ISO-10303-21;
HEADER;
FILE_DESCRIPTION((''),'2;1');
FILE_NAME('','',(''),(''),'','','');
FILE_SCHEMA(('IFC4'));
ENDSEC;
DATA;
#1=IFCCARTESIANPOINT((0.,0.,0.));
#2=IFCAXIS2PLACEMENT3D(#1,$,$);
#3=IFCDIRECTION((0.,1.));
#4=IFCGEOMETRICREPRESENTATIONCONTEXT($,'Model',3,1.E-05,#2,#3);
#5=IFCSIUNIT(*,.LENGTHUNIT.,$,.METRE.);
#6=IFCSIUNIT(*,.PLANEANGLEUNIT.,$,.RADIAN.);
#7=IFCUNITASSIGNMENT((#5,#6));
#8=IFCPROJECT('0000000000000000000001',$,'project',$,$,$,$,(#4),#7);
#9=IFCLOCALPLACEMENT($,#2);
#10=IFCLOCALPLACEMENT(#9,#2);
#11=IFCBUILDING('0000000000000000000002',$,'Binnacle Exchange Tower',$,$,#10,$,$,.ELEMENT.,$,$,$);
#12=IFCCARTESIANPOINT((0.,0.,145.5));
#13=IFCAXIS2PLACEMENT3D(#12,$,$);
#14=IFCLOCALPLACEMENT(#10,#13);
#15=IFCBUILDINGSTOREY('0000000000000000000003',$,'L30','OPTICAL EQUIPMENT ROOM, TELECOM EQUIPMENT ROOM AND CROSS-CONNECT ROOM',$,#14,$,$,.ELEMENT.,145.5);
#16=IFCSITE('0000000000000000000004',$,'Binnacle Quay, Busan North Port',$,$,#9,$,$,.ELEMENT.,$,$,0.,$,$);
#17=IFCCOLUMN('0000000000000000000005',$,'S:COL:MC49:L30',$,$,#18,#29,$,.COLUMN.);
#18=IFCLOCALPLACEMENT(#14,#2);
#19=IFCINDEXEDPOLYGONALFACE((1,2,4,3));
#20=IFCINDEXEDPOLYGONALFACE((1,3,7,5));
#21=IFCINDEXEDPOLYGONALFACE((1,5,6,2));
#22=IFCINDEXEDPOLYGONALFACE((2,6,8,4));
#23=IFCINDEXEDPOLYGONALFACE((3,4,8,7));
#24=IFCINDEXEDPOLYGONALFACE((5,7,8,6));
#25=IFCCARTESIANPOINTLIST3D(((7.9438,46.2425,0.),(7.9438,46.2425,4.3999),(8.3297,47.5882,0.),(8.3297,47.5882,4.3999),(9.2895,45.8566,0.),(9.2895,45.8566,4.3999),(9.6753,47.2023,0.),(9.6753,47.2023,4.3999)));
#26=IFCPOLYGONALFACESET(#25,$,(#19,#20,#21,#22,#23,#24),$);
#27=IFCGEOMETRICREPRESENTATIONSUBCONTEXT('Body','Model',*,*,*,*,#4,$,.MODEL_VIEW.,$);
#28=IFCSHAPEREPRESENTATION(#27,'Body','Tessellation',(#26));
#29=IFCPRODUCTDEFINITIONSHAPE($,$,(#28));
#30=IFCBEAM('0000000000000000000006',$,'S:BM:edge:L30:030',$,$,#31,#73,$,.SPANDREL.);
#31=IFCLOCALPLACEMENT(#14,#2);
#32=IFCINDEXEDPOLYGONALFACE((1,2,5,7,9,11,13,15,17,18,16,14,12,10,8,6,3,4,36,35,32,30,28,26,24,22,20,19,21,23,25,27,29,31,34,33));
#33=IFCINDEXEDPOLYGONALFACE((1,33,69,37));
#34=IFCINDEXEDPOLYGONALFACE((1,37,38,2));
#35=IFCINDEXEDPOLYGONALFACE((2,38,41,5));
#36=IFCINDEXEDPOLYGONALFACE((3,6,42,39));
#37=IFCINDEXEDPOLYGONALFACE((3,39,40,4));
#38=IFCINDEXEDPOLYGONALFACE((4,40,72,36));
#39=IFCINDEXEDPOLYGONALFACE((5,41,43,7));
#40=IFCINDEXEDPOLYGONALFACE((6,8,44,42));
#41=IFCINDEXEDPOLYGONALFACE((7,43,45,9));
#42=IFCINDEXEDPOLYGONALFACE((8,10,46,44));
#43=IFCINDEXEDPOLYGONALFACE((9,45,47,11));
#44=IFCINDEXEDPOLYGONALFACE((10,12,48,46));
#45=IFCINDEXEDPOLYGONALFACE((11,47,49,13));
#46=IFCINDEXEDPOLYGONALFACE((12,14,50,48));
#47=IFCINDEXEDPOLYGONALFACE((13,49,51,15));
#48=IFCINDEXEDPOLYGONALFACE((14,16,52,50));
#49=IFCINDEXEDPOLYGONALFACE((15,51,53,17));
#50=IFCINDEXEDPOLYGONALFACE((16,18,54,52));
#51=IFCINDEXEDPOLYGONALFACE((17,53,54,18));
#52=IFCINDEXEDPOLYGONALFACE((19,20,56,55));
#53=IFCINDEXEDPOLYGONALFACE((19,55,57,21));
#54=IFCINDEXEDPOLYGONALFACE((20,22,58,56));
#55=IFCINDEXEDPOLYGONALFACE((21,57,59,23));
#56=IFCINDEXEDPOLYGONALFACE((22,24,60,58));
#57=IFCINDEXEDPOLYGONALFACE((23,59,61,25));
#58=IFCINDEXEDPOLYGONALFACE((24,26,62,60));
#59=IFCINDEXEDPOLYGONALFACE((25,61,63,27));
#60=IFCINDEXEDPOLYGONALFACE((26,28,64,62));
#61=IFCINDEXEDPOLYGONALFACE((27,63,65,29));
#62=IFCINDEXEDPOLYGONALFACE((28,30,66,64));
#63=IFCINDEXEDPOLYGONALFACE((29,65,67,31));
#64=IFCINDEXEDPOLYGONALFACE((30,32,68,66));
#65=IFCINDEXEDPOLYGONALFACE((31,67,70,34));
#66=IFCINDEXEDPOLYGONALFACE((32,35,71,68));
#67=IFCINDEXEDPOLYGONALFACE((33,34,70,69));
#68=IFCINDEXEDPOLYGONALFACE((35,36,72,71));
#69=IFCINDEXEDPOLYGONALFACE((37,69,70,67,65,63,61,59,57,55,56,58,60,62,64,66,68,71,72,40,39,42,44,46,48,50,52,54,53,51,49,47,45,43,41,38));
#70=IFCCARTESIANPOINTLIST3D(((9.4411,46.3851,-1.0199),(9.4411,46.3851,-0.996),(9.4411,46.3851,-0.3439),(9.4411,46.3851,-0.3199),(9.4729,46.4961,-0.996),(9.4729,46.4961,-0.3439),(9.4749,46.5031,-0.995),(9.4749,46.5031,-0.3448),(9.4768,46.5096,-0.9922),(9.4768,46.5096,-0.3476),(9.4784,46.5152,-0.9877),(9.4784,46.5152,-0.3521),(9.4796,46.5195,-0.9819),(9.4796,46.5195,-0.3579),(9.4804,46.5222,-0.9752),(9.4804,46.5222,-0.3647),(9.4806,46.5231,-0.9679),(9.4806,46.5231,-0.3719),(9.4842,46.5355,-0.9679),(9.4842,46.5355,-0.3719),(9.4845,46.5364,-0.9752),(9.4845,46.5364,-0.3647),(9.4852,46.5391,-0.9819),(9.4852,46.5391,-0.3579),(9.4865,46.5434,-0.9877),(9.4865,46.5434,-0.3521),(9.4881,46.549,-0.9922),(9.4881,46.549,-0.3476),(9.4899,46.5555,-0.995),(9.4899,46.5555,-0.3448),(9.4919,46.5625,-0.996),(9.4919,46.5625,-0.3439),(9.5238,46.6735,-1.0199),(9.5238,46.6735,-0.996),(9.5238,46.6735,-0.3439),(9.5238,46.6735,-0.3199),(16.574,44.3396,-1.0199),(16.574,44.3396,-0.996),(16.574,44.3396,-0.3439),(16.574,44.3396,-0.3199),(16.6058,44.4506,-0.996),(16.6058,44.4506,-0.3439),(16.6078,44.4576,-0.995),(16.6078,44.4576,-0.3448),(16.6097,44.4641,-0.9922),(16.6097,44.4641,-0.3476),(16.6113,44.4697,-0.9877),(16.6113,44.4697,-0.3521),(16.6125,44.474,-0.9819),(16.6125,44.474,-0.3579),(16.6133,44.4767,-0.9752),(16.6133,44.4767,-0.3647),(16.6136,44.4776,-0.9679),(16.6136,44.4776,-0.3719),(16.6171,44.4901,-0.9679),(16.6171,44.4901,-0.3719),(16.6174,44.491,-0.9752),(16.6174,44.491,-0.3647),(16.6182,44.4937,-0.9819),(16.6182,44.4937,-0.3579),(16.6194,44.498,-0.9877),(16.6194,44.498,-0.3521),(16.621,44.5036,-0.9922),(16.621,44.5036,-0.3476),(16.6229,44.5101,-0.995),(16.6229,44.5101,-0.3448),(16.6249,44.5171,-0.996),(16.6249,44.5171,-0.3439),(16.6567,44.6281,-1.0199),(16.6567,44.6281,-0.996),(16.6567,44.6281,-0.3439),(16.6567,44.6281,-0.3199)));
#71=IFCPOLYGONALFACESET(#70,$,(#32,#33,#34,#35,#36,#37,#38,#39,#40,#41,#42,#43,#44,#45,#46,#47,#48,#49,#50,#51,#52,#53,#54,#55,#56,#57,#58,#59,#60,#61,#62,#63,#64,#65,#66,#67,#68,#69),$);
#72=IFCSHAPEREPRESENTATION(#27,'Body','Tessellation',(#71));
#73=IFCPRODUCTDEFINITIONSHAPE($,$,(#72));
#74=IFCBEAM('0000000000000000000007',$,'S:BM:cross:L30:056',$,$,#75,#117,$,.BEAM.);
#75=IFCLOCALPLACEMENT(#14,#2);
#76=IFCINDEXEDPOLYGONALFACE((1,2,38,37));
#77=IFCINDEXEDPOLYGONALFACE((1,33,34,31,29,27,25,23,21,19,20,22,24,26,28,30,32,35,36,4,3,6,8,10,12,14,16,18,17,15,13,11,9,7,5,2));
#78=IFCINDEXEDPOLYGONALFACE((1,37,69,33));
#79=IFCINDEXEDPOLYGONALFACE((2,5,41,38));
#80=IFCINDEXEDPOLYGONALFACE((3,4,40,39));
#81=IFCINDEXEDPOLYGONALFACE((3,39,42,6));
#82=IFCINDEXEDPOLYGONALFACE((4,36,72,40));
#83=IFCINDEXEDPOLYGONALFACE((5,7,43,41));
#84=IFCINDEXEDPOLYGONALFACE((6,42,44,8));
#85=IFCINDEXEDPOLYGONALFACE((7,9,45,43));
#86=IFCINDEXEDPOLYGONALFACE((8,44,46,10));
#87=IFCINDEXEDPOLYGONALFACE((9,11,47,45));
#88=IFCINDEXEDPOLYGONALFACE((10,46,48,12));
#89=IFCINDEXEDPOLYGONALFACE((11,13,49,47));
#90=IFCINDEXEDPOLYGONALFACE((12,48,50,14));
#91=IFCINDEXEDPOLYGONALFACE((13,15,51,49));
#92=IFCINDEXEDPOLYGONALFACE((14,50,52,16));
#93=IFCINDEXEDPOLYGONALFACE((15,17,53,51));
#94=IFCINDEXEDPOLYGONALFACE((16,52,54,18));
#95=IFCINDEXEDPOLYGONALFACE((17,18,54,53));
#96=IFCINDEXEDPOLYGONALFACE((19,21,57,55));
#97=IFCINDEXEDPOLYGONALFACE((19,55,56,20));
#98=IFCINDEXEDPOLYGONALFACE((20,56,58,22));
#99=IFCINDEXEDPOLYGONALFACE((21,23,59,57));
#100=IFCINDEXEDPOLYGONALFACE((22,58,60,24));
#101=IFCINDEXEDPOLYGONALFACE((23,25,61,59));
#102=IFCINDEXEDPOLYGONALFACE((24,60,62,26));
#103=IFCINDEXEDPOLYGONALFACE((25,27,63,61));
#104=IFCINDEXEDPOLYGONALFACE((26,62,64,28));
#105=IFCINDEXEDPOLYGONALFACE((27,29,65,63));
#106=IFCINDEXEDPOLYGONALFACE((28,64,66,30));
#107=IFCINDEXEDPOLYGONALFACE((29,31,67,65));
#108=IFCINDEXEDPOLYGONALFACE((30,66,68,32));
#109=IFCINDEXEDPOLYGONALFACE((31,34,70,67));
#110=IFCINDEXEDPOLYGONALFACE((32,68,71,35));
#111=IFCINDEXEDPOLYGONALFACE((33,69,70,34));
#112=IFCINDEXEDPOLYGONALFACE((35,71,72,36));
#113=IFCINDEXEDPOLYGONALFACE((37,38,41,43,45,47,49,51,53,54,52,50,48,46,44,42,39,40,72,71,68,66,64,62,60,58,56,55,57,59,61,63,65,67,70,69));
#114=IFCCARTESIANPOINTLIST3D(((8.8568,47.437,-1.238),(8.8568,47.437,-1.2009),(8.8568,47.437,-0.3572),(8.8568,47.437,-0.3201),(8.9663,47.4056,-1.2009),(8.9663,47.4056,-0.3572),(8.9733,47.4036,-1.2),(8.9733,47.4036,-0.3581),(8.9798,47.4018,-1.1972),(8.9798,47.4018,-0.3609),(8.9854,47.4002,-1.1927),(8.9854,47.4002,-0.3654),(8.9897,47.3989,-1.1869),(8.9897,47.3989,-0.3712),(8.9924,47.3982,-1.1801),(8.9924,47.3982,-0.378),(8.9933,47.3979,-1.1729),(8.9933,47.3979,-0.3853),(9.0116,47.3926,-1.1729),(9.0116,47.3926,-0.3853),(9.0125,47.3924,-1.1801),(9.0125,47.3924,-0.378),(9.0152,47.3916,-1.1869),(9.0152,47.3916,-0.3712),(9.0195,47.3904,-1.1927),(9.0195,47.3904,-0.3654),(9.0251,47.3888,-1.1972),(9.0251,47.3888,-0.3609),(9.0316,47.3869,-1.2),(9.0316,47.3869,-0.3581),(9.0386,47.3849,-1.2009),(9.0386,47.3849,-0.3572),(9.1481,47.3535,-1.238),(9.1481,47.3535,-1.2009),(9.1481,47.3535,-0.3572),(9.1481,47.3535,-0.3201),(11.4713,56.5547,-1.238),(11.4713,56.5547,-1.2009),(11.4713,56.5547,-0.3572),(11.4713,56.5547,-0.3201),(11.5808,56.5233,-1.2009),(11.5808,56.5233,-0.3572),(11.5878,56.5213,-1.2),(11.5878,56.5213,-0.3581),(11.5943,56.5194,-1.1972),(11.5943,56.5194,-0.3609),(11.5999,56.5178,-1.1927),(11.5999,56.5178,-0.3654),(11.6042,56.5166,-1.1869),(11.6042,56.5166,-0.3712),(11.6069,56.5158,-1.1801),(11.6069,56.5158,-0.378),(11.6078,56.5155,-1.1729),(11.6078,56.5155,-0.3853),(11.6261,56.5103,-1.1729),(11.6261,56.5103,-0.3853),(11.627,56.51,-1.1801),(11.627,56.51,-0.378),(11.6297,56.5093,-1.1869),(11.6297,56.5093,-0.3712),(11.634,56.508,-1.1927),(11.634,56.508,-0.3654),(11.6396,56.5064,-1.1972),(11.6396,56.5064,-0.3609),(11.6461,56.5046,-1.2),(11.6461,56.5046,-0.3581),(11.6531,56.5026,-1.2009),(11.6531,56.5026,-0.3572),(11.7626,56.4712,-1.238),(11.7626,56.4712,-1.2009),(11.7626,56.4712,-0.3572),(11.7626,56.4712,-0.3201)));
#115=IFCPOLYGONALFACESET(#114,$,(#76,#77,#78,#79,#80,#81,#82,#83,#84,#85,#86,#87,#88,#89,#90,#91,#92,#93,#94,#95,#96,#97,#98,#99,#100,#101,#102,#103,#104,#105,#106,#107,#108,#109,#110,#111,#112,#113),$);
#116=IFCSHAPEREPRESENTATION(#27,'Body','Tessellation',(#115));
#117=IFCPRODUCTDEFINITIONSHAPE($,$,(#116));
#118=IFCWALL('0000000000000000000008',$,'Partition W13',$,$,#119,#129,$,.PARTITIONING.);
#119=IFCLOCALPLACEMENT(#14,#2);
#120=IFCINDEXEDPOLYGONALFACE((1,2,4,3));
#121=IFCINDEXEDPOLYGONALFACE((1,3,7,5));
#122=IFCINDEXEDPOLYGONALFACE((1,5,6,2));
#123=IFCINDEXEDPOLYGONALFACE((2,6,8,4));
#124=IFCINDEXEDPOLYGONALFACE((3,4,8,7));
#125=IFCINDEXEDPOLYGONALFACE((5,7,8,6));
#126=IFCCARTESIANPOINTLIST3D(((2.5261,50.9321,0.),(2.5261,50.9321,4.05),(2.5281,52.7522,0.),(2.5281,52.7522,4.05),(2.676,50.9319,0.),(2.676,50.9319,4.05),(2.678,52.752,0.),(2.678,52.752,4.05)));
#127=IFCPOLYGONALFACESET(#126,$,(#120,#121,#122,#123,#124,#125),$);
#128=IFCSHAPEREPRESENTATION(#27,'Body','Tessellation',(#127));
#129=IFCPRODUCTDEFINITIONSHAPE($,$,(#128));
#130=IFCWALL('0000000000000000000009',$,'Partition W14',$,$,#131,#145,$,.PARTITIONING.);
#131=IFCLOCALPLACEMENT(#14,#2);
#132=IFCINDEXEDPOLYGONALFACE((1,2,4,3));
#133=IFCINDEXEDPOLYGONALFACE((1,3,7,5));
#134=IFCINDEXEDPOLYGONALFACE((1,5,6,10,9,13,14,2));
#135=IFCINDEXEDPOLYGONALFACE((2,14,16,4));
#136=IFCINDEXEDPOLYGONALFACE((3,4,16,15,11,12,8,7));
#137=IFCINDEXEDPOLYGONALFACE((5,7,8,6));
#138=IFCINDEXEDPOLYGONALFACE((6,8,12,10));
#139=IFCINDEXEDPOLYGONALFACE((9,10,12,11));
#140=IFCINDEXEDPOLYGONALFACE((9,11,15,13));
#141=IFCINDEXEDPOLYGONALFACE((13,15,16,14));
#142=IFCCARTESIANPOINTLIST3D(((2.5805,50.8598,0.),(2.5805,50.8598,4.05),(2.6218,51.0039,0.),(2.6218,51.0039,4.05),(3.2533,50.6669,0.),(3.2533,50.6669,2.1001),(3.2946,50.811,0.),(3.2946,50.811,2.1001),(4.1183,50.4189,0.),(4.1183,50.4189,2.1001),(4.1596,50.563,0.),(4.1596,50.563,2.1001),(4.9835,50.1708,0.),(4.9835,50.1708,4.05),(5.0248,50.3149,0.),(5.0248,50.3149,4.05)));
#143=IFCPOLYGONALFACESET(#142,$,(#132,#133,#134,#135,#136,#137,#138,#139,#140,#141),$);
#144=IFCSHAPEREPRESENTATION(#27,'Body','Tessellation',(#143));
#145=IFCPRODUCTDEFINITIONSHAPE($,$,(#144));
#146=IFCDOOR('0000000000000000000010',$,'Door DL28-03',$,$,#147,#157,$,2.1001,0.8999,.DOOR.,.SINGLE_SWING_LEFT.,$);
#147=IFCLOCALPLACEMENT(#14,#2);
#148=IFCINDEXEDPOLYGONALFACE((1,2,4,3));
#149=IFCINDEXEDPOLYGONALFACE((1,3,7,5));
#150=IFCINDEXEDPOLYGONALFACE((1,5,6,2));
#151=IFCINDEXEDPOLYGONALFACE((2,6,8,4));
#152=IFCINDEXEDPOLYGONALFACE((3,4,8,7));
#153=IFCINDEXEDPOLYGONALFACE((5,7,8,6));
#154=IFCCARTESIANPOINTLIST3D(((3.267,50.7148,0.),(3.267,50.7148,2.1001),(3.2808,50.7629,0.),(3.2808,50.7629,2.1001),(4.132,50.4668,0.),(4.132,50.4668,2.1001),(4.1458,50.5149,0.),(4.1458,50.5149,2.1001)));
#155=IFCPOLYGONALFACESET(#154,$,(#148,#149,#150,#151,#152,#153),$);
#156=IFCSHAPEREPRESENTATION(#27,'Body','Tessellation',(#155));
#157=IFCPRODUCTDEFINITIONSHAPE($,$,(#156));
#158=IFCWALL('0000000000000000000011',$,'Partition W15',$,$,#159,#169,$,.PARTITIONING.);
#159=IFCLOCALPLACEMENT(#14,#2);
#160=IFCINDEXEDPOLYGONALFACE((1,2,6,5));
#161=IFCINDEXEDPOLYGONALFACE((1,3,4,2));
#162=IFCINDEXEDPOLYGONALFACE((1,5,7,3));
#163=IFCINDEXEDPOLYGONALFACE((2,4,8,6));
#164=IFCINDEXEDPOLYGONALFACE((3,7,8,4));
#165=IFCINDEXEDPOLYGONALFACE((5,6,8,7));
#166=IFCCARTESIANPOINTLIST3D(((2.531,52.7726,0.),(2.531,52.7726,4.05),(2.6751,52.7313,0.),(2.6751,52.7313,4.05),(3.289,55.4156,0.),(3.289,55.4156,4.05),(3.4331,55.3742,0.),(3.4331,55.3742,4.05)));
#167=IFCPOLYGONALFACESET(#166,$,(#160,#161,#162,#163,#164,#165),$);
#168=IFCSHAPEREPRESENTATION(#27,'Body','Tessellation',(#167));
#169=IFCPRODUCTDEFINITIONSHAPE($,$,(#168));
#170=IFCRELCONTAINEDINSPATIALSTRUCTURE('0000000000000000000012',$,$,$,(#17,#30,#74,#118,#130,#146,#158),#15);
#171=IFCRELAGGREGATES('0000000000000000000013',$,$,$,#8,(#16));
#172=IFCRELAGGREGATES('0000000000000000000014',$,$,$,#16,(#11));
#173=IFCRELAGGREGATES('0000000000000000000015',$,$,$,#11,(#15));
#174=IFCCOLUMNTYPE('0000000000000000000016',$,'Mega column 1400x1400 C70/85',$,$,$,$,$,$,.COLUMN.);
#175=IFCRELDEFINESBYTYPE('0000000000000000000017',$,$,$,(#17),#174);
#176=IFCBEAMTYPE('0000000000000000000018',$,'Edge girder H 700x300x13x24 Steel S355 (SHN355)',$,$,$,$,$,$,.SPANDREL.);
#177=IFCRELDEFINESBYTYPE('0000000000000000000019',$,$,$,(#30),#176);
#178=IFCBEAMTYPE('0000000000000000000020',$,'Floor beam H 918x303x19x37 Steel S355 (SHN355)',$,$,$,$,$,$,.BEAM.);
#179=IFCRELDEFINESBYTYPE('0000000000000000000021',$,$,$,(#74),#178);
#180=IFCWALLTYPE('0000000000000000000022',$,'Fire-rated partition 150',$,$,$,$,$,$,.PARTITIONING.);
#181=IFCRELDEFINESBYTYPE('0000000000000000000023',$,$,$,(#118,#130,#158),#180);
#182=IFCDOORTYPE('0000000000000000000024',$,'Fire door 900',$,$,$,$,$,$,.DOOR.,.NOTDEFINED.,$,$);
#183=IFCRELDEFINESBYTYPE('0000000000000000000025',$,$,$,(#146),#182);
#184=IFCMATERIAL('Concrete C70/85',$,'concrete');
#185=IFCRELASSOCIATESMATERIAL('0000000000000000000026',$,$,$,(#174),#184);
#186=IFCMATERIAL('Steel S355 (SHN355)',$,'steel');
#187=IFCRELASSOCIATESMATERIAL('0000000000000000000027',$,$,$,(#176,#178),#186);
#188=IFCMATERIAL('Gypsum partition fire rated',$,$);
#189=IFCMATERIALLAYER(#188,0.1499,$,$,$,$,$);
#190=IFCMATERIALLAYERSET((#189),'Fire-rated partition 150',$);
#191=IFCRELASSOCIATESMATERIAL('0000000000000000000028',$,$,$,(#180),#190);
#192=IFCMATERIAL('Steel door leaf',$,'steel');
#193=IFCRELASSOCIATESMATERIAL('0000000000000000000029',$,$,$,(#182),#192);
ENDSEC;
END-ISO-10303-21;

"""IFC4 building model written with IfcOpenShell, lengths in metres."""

from ifc_helpers import new_model, si_unit, direction, frame, frame_2d, origin, origin_2d, place, context, subcontext, project, spatial, rectangle, i_section, extrude, material, layer, layer_set, material_profile, profile_set, type_object, element, fill, save


model = new_model("IFC4")

# Units and contexts
model_context = context("Model", 3, precision=1e-05, world=origin(), true_north=direction((0.0, 1.0)))
body_context = subcontext(model_context, "Body", "Model", "MODEL_VIEW")
ifc_project = project(units=[si_unit("LENGTHUNIT", "METRE"), si_unit("PLANEANGLEUNIT", "RADIAN")], contexts=[model_context])

# Site, building, storey
site_placement = place(None, origin())
site = spatial("IfcSite", under=ifc_project, at=site_placement, Name="Binnacle Quay, Busan North Port", CompositionType="ELEMENT", RefElevation=0.0)
building_placement = place(site_placement, origin())
building = spatial("IfcBuilding", under=site, at=building_placement, Name="Binnacle Exchange Tower", CompositionType="ELEMENT")
storey_placement = place(building_placement, frame((0.0, 0.0, 145.5)))
storey = spatial("IfcBuildingStorey", under=building, at=storey_placement, Name="L30", Description="OPTICAL EQUIPMENT ROOM, TELECOM EQUIPMENT ROOM AND CROSS-CONNECT ROOM", CompositionType="ELEMENT", Elevation=145.5)

# Column
ifc_material_1 = material(Name="Concrete C70/85", Category="concrete")
ifc_material_profile_1 = material_profile(ifc_material_1, rectangle(XDim=1.3999, YDim=1.3999, at=origin_2d()), Name="Mega column 1400x1400 C70/85")
ifc_profile_set_1 = profile_set([ifc_material_profile_1], Name="Concrete C70/85")
column_type = type_object("IfcColumnType", Name="Mega column 1400x1400 C70/85", PredefinedType="COLUMN", material=ifc_profile_set_1)
column_placement = place(storey_placement, frame((8.8096, 46.7224, 0.0), z_axis=(0.0, 0.0, 1.0), x_axis=(0.961262, -0.275637, 0.0)))
element("IfcColumn", 1, at=column_placement, inside=storey, type_object=column_type, Name="S:COL:MC49:L30", PredefinedType="COLUMN", context=body_context, shape_type="SweptSolid", body=[
    extrude(rectangle(XDim=1.3999, YDim=1.3999, at=origin_2d()), origin(), (0.0, 0.0, 1.0), 4.3999),
])

# Beams
ifc_material_2 = material(Name="Steel S355 (SHN355)", Category="steel")
ifc_material_profile_2 = material_profile(ifc_material_2, i_section(OverallWidth=0.3, OverallDepth=0.7, WebThickness=0.0129, FlangeThickness=0.0239, FilletRadius=0.0281, at=origin_2d()), Name="H 700x300x13x24")
ifc_profile_set_2 = profile_set([ifc_material_profile_2], Name="Steel S355 (SHN355)")
beam_type_1 = type_object("IfcBeamType", Name="Edge girder H 700x300x13x24 Steel S355 (SHN355)", PredefinedType="SPANDREL", material=ifc_profile_set_2)
beam_1_placement = place(storey_placement, frame((9.4824, 46.5293, -0.6699), z_axis=(0.961258, -0.275651, 0.0), x_axis=(0.275651, 0.961258, 0.0)))
element("IfcBeam", 2, at=beam_1_placement, inside=storey, type_object=beam_type_1, Name="S:BM:edge:L30:030", PredefinedType="SPANDREL", context=body_context, shape_type="SweptSolid", body=[
    extrude(i_section(OverallWidth=0.3, OverallDepth=0.7, WebThickness=0.0129, FlangeThickness=0.0239, FilletRadius=0.0281, at=origin_2d()), origin(), (0.0, 0.0, 1.0), 7.4204),
])
ifc_material_profile_3 = material_profile(ifc_material_2, i_section(OverallWidth=0.303, OverallDepth=0.918, WebThickness=0.019, FlangeThickness=0.0371, FilletRadius=0.0281, at=origin_2d()), Name="H 918x303x19x37")
ifc_profile_set_3 = profile_set([ifc_material_profile_3], Name="Steel S355 (SHN355)")
beam_type_2 = type_object("IfcBeamType", Name="Floor beam H 918x303x19x37 Steel S355 (SHN355)", PredefinedType="BEAM", material=ifc_profile_set_3)
beam_2_placement = place(storey_placement, frame((9.0024, 47.3953, -0.7791), z_axis=(0.275642, 0.96126, 0.0), x_axis=(-0.96126, 0.275642, 0.0)))
element("IfcBeam", 3, at=beam_2_placement, inside=storey, type_object=beam_type_2, Name="S:BM:cross:L30:056", PredefinedType="BEAM", context=body_context, shape_type="SweptSolid", body=[
    extrude(i_section(OverallWidth=0.303, OverallDepth=0.918, WebThickness=0.019, FlangeThickness=0.0371, FilletRadius=0.0281, at=origin_2d()), origin(), (0.0, 0.0, 1.0), 9.4851),
])

# Wall
ifc_material_3 = material(Name="Gypsum partition fire rated")
ifc_layer_1 = layer(ifc_material_3, 0.1499)
ifc_layer_set_1 = layer_set([ifc_layer_1], Name="Fire-rated partition 150")
wall_type_1 = type_object("IfcWallType", Name="Fire-rated partition 150", PredefinedType="PARTITIONING", material=ifc_layer_set_1)
wall_1_placement = place(storey_placement, frame((2.6011, 50.9319, 0.0), z_axis=(0.0, 0.0, 1.0), x_axis=(0.001073, 0.999999, 0.0)))
element("IfcWall", 4, at=wall_1_placement, inside=storey, type_object=wall_type_1, Name="Partition W13", PredefinedType="PARTITIONING", context=body_context, shape_type="SweptSolid", body=[
    extrude(rectangle(XDim=1.8201, YDim=0.1499, at=frame_2d((0.9102, 0.0))), origin(), (0.0, 0.0, 1.0), 4.05),
])

# Wall, opening, door
wall_2_placement = place(storey_placement, frame((2.6011, 50.9319, 0.0), z_axis=(0.0, 0.0, 1.0), x_axis=(0.961266, -0.275624, 0.0)))
wall_2 = element("IfcWall", 5, at=wall_2_placement, inside=storey, type_object=wall_type_1, Name="Partition W14", PredefinedType="PARTITIONING", context=body_context, shape_type="SweptSolid", body=[
    extrude(rectangle(XDim=2.4998, YDim=0.1499, at=frame_2d((1.25, 0.0))), origin(), (0.0, 0.0, 1.0), 4.05),
])
opening_1_placement = place(wall_2_placement, frame((0.7, 0.0, 0.0)))
opening_1 = element("IfcOpeningElement", 6, at=opening_1_placement, cuts=wall_2, PredefinedType="OPENING", context=body_context, shape_type="SweptSolid", body=[
    extrude(rectangle(XDim=0.8999, YDim=2.1001, at=frame_2d((0.45, 1.05))), frame((0.0, 0.085, 0.0), z_axis=(0.0, -1.0, 0.0), x_axis=(1.0, 0.0, 0.0)), (0.0, 0.0, 1.0), 0.1699),
])
ifc_material_4 = material(Name="Steel door leaf", Category="steel")
door_type_1 = type_object("IfcDoorType", Name="Fire door 900", OperationType="NOTDEFINED", PredefinedType="DOOR", material=ifc_material_4)
door_1_placement = place(opening_1_placement, origin())
door_1 = element("IfcDoor", 7, at=door_1_placement, inside=storey, type_object=door_type_1, Name="Door DL28-03", OperationType="SINGLE_SWING_LEFT", OverallHeight=2.1001, OverallWidth=0.8999, PredefinedType="DOOR", context=body_context, shape_type="SweptSolid", body=[
    extrude(rectangle(XDim=0.8999, YDim=2.1001, at=frame_2d((0.45, 1.05))), frame((0.0, 0.0249, 0.0), z_axis=(0.0, -1.0, 0.0), x_axis=(1.0, 0.0, 0.0)), (0.0, 0.0, 1.0), 0.05),
])
fill(opening_1, door_1)

# Wall
wall_3_placement = place(storey_placement, frame((2.603, 52.752, 0.0), z_axis=(0.0, 0.0, 1.0), x_axis=(0.275694, 0.961245, 0.0)))
element("IfcWall", 8, at=wall_3_placement, inside=storey, type_object=wall_type_1, Name="Partition W15", PredefinedType="PARTITIONING", context=body_context, shape_type="SweptSolid", body=[
    extrude(rectangle(XDim=2.7495, YDim=0.1499, at=frame_2d((1.3748, 0.0))), origin(), (0.0, 0.0, 1.0), 4.05),
])

save(model, "model.ifc")
